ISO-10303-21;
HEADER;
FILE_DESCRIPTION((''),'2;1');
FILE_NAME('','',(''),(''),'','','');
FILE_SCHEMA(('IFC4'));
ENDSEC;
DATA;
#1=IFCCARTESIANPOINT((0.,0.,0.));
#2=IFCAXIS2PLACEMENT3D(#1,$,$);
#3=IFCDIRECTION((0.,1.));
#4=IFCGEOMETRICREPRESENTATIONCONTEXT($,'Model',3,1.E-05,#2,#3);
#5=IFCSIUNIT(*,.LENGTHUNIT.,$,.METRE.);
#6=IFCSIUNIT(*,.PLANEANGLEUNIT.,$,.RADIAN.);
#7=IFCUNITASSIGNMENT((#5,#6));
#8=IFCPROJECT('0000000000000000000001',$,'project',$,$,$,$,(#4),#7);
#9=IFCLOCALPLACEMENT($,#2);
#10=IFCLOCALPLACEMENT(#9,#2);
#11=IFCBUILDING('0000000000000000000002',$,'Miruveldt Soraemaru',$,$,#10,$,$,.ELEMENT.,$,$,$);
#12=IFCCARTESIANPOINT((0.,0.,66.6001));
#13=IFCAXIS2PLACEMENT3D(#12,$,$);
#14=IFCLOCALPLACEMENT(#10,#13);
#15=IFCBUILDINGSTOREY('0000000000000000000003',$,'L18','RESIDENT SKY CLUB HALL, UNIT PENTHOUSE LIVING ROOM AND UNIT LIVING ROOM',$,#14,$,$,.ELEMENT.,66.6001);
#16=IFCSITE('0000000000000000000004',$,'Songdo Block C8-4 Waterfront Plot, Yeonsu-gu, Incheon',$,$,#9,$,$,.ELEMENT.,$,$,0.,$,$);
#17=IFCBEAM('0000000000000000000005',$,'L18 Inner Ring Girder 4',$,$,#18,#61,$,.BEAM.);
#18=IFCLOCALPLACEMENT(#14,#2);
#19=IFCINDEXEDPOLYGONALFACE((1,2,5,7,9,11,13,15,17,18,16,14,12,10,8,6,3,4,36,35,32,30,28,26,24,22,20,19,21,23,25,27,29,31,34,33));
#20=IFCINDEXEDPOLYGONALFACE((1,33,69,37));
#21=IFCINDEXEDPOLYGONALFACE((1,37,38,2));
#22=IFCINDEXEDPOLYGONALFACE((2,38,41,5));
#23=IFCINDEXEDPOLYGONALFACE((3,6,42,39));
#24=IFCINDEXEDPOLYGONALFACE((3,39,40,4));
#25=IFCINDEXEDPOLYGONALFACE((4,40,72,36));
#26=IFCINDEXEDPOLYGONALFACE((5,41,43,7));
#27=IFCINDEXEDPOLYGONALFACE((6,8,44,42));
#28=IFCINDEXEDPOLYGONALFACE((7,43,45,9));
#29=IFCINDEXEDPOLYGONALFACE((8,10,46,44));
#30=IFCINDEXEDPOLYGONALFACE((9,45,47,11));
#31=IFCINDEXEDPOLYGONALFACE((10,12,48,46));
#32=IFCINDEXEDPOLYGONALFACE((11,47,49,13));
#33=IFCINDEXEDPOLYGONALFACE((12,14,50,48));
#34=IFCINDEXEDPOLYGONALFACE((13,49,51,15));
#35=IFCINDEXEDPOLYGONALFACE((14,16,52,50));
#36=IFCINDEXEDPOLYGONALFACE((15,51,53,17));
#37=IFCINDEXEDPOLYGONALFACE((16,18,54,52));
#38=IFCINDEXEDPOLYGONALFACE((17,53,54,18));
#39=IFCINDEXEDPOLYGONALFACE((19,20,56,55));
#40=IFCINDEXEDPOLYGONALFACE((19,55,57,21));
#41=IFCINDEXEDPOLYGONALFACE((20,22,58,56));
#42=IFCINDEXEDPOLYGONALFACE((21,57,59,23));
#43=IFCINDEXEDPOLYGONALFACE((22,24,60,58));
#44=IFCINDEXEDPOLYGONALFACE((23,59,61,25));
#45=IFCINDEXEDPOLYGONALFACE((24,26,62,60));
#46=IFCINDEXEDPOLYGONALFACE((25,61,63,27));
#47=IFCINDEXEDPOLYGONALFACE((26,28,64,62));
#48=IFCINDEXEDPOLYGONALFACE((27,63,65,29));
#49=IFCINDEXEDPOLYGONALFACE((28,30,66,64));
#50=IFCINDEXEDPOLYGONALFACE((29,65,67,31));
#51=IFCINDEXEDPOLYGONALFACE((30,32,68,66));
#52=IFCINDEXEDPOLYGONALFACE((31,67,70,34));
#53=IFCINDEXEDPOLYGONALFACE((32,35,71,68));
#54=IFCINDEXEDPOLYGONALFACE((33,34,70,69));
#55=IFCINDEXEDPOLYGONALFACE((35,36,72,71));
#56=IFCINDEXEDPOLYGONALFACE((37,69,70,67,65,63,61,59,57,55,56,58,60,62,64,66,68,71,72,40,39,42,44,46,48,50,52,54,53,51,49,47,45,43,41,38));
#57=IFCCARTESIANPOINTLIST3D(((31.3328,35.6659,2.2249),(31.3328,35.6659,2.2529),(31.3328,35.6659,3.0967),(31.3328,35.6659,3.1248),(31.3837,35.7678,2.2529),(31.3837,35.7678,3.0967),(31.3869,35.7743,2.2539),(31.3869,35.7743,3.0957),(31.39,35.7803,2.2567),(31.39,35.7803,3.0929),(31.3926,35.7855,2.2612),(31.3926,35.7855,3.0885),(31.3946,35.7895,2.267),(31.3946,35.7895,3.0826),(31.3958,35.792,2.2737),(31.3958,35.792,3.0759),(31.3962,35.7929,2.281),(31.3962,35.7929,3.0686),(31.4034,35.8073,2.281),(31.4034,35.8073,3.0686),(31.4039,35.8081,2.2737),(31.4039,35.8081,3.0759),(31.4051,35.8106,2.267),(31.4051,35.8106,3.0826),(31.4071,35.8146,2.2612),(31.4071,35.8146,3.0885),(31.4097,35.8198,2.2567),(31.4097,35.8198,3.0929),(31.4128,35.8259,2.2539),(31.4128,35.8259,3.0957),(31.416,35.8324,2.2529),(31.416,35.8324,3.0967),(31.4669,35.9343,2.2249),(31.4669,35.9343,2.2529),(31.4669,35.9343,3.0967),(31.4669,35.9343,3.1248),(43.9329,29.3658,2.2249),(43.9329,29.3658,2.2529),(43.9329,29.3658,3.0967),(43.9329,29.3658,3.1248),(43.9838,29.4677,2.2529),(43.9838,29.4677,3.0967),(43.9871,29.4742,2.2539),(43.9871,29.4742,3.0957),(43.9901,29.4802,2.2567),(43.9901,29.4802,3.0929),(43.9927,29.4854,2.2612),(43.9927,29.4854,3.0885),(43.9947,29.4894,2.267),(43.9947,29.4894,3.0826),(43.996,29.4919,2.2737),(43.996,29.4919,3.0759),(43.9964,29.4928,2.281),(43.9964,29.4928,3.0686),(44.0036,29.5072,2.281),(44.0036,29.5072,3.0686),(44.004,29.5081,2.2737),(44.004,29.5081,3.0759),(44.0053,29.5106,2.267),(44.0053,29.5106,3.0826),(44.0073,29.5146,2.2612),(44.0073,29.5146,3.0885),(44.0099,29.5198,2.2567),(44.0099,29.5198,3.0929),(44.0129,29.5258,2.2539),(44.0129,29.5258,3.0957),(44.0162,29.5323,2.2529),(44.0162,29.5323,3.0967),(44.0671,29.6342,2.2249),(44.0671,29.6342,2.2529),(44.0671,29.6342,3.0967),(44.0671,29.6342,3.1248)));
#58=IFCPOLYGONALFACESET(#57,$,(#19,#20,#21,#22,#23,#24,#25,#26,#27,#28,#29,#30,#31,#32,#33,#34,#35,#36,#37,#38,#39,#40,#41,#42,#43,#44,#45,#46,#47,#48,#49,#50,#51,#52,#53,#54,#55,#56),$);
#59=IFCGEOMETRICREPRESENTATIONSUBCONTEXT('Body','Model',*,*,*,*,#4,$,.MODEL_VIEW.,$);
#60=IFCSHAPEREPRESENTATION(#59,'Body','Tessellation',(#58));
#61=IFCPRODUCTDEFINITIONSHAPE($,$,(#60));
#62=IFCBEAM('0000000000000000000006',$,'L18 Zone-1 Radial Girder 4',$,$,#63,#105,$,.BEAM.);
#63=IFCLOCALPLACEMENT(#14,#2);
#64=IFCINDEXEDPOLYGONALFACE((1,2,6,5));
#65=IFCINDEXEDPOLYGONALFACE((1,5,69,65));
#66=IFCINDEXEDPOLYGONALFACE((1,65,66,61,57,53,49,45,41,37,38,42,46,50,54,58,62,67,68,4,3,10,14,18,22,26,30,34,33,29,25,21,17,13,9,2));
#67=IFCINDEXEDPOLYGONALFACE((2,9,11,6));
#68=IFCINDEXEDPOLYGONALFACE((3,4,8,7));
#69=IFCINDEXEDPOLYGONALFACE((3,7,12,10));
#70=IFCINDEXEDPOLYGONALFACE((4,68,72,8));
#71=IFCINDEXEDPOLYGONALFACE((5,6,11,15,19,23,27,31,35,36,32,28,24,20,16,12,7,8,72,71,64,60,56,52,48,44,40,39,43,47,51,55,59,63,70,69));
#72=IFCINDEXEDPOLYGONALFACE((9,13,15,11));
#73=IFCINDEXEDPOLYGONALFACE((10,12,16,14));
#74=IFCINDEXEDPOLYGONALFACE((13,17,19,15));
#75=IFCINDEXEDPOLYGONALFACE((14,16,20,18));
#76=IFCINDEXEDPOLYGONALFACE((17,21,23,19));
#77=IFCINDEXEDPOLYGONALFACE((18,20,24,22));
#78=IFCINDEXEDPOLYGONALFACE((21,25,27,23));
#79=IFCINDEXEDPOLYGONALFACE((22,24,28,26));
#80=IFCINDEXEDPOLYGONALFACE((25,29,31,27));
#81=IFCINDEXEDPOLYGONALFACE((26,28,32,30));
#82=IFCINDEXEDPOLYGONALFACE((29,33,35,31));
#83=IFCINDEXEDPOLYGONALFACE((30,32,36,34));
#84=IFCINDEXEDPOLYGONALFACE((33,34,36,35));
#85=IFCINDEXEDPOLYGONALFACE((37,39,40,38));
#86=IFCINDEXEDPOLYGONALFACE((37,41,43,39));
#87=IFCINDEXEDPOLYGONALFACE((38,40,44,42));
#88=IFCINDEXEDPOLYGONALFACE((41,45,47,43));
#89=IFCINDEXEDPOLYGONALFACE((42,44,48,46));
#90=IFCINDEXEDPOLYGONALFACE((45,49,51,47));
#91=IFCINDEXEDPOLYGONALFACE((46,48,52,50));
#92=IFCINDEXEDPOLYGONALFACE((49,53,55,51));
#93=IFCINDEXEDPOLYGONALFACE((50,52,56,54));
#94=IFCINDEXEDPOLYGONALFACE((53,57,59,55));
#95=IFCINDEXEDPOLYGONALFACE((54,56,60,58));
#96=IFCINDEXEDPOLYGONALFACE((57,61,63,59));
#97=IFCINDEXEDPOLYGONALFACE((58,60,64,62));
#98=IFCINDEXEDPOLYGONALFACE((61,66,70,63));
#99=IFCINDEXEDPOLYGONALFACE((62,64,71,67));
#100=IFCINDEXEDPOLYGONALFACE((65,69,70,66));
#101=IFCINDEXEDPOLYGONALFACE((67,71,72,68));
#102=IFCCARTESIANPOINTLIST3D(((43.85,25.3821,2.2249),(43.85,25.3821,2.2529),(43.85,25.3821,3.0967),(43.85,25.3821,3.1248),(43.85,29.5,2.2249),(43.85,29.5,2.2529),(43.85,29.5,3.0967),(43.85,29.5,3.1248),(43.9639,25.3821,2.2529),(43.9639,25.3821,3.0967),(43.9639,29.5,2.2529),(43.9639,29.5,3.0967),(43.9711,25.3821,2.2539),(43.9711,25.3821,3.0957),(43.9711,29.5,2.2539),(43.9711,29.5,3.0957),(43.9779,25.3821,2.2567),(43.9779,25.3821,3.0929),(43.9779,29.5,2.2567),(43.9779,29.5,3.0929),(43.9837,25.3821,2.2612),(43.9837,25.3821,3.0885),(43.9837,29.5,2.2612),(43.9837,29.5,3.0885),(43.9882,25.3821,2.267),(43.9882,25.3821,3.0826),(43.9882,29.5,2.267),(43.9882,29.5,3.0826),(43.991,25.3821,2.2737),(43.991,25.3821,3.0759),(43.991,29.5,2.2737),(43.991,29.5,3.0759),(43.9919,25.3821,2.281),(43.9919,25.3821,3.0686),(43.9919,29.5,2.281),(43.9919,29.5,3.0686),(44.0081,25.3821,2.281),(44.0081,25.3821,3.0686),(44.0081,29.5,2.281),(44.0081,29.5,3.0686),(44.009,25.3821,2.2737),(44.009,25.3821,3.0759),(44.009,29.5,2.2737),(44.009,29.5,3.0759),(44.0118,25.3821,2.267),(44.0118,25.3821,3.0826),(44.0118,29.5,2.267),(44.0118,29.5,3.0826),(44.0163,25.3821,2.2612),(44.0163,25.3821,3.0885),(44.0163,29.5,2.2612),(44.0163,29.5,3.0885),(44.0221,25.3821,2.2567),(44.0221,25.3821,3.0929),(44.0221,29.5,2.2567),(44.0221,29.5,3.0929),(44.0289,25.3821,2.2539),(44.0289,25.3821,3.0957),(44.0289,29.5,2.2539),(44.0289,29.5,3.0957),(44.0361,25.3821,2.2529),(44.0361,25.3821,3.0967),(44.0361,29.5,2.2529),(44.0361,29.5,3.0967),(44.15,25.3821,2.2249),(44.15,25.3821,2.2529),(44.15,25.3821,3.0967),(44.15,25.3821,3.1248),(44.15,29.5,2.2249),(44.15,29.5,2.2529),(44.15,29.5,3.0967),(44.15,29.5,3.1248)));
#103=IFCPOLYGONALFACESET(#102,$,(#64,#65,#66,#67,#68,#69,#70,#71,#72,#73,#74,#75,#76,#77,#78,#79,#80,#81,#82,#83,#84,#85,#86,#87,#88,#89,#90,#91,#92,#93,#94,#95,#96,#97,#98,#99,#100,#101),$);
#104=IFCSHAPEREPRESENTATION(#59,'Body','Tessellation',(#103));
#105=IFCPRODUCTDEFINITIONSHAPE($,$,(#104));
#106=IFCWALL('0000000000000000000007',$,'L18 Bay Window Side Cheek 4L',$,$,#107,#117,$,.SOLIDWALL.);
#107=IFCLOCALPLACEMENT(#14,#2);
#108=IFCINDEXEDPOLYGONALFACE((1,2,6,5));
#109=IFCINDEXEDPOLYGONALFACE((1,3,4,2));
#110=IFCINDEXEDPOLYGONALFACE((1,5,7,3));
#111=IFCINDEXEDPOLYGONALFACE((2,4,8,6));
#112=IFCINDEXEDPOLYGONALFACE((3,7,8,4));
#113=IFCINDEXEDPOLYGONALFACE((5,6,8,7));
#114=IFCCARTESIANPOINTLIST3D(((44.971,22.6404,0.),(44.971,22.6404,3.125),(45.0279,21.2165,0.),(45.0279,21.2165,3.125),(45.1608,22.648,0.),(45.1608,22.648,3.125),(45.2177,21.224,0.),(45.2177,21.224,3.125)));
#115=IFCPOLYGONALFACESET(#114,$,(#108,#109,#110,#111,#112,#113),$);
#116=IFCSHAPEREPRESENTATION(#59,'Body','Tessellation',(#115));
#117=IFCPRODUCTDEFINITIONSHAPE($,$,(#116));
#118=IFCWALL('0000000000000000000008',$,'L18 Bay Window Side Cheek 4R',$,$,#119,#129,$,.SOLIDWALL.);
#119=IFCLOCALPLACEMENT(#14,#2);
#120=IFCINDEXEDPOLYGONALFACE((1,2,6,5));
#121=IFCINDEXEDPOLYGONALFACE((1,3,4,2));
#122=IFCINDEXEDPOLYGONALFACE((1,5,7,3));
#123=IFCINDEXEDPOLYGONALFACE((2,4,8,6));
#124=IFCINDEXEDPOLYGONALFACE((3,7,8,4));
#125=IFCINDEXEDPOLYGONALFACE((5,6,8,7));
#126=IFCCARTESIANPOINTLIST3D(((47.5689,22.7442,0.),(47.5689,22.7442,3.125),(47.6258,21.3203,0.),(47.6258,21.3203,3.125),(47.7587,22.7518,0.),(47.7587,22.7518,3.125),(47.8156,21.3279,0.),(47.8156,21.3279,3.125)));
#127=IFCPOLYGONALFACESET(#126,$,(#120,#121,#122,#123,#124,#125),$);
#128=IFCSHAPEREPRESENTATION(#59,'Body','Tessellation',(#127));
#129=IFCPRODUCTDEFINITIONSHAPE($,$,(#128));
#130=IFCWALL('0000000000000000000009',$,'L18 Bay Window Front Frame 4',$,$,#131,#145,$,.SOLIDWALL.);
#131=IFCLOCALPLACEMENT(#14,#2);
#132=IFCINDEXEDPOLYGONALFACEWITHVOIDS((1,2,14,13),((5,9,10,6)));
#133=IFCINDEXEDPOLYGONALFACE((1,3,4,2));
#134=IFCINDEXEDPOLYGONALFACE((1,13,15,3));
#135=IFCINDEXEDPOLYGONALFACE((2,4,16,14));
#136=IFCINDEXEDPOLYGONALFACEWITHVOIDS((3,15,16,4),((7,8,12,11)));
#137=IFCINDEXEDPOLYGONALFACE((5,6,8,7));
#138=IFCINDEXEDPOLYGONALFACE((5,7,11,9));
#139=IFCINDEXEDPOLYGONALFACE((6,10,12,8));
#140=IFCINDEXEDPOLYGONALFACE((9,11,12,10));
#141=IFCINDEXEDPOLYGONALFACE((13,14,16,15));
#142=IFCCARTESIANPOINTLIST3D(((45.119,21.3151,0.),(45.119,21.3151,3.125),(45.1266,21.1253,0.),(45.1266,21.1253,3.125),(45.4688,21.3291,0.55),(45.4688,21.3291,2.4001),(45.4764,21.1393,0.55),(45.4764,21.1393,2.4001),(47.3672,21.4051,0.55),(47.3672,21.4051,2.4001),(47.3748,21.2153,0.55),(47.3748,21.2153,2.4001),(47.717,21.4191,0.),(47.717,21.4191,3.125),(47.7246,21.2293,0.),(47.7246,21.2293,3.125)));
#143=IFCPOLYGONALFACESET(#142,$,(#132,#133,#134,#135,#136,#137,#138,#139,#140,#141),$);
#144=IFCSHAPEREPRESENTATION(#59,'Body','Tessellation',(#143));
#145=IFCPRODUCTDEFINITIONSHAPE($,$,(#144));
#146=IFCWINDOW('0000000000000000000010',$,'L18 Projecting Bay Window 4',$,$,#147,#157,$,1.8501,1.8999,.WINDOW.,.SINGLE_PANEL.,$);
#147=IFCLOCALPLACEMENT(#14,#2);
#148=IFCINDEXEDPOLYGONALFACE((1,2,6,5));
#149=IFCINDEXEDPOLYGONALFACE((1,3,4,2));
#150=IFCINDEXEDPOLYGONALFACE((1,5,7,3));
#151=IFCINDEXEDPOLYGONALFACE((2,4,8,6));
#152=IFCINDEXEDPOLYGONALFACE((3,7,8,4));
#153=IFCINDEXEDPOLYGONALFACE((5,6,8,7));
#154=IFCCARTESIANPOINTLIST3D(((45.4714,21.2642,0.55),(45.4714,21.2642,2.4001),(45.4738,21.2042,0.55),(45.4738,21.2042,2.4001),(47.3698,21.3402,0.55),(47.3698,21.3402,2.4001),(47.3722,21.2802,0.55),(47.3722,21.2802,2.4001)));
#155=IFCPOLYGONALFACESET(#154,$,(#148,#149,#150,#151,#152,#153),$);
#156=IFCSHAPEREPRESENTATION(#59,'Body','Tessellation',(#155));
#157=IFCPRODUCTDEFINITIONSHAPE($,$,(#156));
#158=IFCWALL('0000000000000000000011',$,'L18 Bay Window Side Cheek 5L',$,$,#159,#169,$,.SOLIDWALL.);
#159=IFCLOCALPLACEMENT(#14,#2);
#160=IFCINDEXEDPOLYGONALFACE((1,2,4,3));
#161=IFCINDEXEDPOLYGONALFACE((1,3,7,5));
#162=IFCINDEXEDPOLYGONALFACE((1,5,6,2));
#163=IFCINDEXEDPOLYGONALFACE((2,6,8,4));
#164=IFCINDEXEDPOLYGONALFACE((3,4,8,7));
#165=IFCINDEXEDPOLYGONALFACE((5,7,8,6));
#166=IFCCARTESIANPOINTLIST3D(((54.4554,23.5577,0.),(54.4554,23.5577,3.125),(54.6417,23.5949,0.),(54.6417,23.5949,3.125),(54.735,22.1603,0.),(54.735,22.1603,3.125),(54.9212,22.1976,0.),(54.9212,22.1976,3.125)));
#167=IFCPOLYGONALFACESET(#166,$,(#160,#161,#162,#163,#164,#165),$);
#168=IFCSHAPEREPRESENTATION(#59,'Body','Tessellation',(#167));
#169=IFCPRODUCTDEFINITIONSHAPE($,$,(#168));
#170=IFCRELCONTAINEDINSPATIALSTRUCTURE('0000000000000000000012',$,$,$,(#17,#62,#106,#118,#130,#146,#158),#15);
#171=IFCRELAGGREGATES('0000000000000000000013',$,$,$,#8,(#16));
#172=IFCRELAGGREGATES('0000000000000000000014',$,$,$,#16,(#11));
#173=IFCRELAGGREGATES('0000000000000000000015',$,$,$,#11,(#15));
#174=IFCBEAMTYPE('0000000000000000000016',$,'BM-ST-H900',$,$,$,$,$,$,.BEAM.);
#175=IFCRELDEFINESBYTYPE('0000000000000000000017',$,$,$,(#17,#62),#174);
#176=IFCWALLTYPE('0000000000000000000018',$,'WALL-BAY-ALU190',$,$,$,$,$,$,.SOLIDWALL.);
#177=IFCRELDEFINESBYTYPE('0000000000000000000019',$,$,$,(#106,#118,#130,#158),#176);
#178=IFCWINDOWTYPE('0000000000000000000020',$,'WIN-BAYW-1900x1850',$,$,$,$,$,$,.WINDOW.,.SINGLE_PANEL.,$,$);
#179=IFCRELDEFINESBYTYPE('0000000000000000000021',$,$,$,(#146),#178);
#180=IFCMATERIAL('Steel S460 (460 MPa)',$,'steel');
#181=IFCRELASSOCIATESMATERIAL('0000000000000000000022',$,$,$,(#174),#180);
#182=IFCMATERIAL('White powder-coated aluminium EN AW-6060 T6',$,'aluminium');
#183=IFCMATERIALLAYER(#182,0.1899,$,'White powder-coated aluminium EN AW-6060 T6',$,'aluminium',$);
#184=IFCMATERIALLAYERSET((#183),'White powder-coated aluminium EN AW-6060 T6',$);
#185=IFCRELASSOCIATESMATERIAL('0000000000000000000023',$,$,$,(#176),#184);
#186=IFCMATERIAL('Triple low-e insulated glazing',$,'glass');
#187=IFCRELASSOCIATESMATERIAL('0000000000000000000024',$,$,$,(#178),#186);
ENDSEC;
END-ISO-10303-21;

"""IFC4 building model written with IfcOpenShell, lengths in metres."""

from ifc_helpers import new_model, si_unit, direction, frame, frame_2d, origin, origin_2d, place, context, subcontext, project, spatial, rectangle, i_section, extrude, material, layer, layer_set, material_profile, profile_set, type_object, element, fill, save


model = new_model("IFC4")

# Units and contexts
model_context = context("Model", 3, precision=1e-05, world=origin(), true_north=direction((0.0, 1.0)))
body_context = subcontext(model_context, "Body", "Model", "MODEL_VIEW")
ifc_project = project(units=[si_unit("LENGTHUNIT", "METRE"), si_unit("PLANEANGLEUNIT", "RADIAN")], contexts=[model_context])

# Site, building, storey
site_placement = place(None, origin())
site = spatial("IfcSite", under=ifc_project, at=site_placement, Name="Songdo Block C8-4 Waterfront Plot, Yeonsu-gu, Incheon", CompositionType="ELEMENT", RefElevation=0.0)
building_placement = place(site_placement, origin())
building = spatial("IfcBuilding", under=site, at=building_placement, Name="Miruveldt Soraemaru", CompositionType="ELEMENT")
storey_placement = place(building_placement, frame((0.0, 0.0, 66.6001)))
storey = spatial("IfcBuildingStorey", under=building, at=storey_placement, Name="L18", Description="RESIDENT SKY CLUB HALL, UNIT PENTHOUSE LIVING ROOM AND UNIT LIVING ROOM", CompositionType="ELEMENT", Elevation=66.6001)

# Beams
ifc_material_1 = material(Name="Steel S460 (460 MPa)", Category="steel")
ifc_material_profile = material_profile(ifc_material_1, i_section(OverallWidth=0.3, OverallDepth=0.8999, WebThickness=0.0161, FlangeThickness=0.0281, FilletRadius=0.0281, at=origin_2d()), Name="Steel S460 (460 MPa)", Category="steel")
ifc_profile_set = profile_set([ifc_material_profile], Name="Steel S460 (460 MPa)")
beam_type = type_object("IfcBeamType", Name="BM-ST-H900", PredefinedType="BEAM", material=ifc_profile_set)
beam_1_placement = place(storey_placement, frame((44.0, 29.5, 2.6748), z_axis=(-0.894427, 0.447214, 0.0), x_axis=(-0.447214, -0.894427, 0.0)))
element("IfcBeam", 1, at=beam_1_placement, inside=storey, type_object=beam_type, Name="L18 Inner Ring Girder 4", PredefinedType="BEAM", context=body_context, shape_type="SweptSolid", body=[
    extrude(i_section(OverallWidth=0.3, OverallDepth=0.8999, WebThickness=0.0161, FlangeThickness=0.0281, FilletRadius=0.0281, at=origin_2d()), origin(), (0.0, 0.0, 1.0), 14.0874),
])
beam_2_placement = place(storey_placement, frame((44.0, 29.5, 2.6748), z_axis=(0.0, -1.0, 0.0), x_axis=(1.0, 0.0, 0.0)))
element("IfcBeam", 2, at=beam_2_placement, inside=storey, type_object=beam_type, Name="L18 Zone-1 Radial Girder 4", PredefinedType="BEAM", context=body_context, shape_type="SweptSolid", body=[
    extrude(i_section(OverallWidth=0.3, OverallDepth=0.8999, WebThickness=0.0161, FlangeThickness=0.0281, FilletRadius=0.0281, at=origin_2d()), origin(), (0.0, 0.0, 1.0), 4.1179),
])

# Walls
ifc_material_2 = material(Name="White powder-coated aluminium EN AW-6060 T6", Category="aluminium")
ifc_layer_1 = layer(ifc_material_2, 0.1899, Name="White powder-coated aluminium EN AW-6060 T6", Category="aluminium")
ifc_layer_set_1 = layer_set([ifc_layer_1], Name="White powder-coated aluminium EN AW-6060 T6")
wall_type_1 = type_object("IfcWallType", Name="WALL-BAY-ALU190", PredefinedType="SOLIDWALL", material=ifc_layer_set_1)
for number, where, z_axis, x_axis, name in (
    (3, (45.0659, 22.644, 0.0), (0.0, 0.0, 1.0), (0.03992, -0.999203, 0.0), "L18 Bay Window Side Cheek 4L"),
    (4, (47.7207, 21.3242, 0.0), (0.0, 0.0, 1.0), (-0.03992, 0.999203, 0.0), "L18 Bay Window Side Cheek 4R"),
):
    element("IfcWall", number, at=place(storey_placement, frame(where, z_axis=z_axis, x_axis=x_axis)), inside=storey, type_object=wall_type_1, Name=name, PredefinedType="SOLIDWALL", context=body_context, shape_type="SweptSolid", body=[
        extrude(rectangle(XDim=1.425, YDim=0.1899, at=frame_2d((0.7124, 0.0))), origin(), (0.0, 0.0, 1.0), 3.125),
    ])

# Wall, opening, window
wall_1_placement = place(storey_placement, frame((45.1228, 21.2202, 0.0), z_axis=(0.0, 0.0, 1.0), x_axis=(0.9992, 0.040002, 0.0)))
wall_1 = element("IfcWall", 5, at=wall_1_placement, inside=storey, type_object=wall_type_1, Name="L18 Bay Window Front Frame 4", PredefinedType="SOLIDWALL", context=body_context, shape_type="SweptSolid", body=[
    extrude(rectangle(XDim=2.6001, YDim=0.1899, at=frame_2d((1.3, 0.0))), origin(), (0.0, 0.0, 1.0), 3.125),
])
opening_1_placement = place(wall_1_placement, frame((0.3501, 0.0, 0.55)))
opening_1 = element("IfcOpeningElement", 6, at=opening_1_placement, cuts=wall_1, PredefinedType="OPENING", context=body_context, shape_type="SweptSolid", body=[
    extrude(rectangle(XDim=1.8999, YDim=1.8501, at=frame_2d((0.95, 0.925))), frame((0.0, 0.105, 0.0), z_axis=(0.0, -1.0, 0.0), x_axis=(1.0, 0.0, 0.0)), (0.0, 0.0, 1.0), 0.21),
])
ifc_material_3 = material(Name="Triple low-e insulated glazing", Category="glass")
window_type_1 = type_object("IfcWindowType", Name="WIN-BAYW-1900x1850", PartitioningType="SINGLE_PANEL", PredefinedType="WINDOW", material=ifc_material_3)
window_1_placement = place(opening_1_placement, origin())
window_1 = element("IfcWindow", 7, at=window_1_placement, inside=storey, type_object=window_type_1, Name="L18 Projecting Bay Window 4", OverallHeight=1.8501, OverallWidth=1.8999, PartitioningType="SINGLE_PANEL", PredefinedType="WINDOW", context=body_context, shape_type="SweptSolid", body=[
    extrude(rectangle(XDim=1.8999, YDim=1.8501, at=frame_2d((0.95, 0.925))), frame((0.0, 0.03, 0.0), z_axis=(0.0, -1.0, 0.0), x_axis=(1.0, 0.0, 0.0)), (0.0, 0.0, 1.0), 0.0601),
])
fill(opening_1, window_1)

# Wall
wall_2_placement = place(storey_placement, frame((54.5486, 23.5762, 0.0), z_axis=(0.0, 0.0, 1.0), x_axis=(0.196149, -0.980574, 0.0)))
element("IfcWall", 8, at=wall_2_placement, inside=storey, type_object=wall_type_1, Name="L18 Bay Window Side Cheek 5L", PredefinedType="SOLIDWALL", context=body_context, shape_type="SweptSolid", body=[
    extrude(rectangle(XDim=1.425, YDim=0.1899, at=frame_2d((0.7124, 0.0))), origin(), (0.0, 0.0, 1.0), 3.125),
])

save(model, "model.ifc")
